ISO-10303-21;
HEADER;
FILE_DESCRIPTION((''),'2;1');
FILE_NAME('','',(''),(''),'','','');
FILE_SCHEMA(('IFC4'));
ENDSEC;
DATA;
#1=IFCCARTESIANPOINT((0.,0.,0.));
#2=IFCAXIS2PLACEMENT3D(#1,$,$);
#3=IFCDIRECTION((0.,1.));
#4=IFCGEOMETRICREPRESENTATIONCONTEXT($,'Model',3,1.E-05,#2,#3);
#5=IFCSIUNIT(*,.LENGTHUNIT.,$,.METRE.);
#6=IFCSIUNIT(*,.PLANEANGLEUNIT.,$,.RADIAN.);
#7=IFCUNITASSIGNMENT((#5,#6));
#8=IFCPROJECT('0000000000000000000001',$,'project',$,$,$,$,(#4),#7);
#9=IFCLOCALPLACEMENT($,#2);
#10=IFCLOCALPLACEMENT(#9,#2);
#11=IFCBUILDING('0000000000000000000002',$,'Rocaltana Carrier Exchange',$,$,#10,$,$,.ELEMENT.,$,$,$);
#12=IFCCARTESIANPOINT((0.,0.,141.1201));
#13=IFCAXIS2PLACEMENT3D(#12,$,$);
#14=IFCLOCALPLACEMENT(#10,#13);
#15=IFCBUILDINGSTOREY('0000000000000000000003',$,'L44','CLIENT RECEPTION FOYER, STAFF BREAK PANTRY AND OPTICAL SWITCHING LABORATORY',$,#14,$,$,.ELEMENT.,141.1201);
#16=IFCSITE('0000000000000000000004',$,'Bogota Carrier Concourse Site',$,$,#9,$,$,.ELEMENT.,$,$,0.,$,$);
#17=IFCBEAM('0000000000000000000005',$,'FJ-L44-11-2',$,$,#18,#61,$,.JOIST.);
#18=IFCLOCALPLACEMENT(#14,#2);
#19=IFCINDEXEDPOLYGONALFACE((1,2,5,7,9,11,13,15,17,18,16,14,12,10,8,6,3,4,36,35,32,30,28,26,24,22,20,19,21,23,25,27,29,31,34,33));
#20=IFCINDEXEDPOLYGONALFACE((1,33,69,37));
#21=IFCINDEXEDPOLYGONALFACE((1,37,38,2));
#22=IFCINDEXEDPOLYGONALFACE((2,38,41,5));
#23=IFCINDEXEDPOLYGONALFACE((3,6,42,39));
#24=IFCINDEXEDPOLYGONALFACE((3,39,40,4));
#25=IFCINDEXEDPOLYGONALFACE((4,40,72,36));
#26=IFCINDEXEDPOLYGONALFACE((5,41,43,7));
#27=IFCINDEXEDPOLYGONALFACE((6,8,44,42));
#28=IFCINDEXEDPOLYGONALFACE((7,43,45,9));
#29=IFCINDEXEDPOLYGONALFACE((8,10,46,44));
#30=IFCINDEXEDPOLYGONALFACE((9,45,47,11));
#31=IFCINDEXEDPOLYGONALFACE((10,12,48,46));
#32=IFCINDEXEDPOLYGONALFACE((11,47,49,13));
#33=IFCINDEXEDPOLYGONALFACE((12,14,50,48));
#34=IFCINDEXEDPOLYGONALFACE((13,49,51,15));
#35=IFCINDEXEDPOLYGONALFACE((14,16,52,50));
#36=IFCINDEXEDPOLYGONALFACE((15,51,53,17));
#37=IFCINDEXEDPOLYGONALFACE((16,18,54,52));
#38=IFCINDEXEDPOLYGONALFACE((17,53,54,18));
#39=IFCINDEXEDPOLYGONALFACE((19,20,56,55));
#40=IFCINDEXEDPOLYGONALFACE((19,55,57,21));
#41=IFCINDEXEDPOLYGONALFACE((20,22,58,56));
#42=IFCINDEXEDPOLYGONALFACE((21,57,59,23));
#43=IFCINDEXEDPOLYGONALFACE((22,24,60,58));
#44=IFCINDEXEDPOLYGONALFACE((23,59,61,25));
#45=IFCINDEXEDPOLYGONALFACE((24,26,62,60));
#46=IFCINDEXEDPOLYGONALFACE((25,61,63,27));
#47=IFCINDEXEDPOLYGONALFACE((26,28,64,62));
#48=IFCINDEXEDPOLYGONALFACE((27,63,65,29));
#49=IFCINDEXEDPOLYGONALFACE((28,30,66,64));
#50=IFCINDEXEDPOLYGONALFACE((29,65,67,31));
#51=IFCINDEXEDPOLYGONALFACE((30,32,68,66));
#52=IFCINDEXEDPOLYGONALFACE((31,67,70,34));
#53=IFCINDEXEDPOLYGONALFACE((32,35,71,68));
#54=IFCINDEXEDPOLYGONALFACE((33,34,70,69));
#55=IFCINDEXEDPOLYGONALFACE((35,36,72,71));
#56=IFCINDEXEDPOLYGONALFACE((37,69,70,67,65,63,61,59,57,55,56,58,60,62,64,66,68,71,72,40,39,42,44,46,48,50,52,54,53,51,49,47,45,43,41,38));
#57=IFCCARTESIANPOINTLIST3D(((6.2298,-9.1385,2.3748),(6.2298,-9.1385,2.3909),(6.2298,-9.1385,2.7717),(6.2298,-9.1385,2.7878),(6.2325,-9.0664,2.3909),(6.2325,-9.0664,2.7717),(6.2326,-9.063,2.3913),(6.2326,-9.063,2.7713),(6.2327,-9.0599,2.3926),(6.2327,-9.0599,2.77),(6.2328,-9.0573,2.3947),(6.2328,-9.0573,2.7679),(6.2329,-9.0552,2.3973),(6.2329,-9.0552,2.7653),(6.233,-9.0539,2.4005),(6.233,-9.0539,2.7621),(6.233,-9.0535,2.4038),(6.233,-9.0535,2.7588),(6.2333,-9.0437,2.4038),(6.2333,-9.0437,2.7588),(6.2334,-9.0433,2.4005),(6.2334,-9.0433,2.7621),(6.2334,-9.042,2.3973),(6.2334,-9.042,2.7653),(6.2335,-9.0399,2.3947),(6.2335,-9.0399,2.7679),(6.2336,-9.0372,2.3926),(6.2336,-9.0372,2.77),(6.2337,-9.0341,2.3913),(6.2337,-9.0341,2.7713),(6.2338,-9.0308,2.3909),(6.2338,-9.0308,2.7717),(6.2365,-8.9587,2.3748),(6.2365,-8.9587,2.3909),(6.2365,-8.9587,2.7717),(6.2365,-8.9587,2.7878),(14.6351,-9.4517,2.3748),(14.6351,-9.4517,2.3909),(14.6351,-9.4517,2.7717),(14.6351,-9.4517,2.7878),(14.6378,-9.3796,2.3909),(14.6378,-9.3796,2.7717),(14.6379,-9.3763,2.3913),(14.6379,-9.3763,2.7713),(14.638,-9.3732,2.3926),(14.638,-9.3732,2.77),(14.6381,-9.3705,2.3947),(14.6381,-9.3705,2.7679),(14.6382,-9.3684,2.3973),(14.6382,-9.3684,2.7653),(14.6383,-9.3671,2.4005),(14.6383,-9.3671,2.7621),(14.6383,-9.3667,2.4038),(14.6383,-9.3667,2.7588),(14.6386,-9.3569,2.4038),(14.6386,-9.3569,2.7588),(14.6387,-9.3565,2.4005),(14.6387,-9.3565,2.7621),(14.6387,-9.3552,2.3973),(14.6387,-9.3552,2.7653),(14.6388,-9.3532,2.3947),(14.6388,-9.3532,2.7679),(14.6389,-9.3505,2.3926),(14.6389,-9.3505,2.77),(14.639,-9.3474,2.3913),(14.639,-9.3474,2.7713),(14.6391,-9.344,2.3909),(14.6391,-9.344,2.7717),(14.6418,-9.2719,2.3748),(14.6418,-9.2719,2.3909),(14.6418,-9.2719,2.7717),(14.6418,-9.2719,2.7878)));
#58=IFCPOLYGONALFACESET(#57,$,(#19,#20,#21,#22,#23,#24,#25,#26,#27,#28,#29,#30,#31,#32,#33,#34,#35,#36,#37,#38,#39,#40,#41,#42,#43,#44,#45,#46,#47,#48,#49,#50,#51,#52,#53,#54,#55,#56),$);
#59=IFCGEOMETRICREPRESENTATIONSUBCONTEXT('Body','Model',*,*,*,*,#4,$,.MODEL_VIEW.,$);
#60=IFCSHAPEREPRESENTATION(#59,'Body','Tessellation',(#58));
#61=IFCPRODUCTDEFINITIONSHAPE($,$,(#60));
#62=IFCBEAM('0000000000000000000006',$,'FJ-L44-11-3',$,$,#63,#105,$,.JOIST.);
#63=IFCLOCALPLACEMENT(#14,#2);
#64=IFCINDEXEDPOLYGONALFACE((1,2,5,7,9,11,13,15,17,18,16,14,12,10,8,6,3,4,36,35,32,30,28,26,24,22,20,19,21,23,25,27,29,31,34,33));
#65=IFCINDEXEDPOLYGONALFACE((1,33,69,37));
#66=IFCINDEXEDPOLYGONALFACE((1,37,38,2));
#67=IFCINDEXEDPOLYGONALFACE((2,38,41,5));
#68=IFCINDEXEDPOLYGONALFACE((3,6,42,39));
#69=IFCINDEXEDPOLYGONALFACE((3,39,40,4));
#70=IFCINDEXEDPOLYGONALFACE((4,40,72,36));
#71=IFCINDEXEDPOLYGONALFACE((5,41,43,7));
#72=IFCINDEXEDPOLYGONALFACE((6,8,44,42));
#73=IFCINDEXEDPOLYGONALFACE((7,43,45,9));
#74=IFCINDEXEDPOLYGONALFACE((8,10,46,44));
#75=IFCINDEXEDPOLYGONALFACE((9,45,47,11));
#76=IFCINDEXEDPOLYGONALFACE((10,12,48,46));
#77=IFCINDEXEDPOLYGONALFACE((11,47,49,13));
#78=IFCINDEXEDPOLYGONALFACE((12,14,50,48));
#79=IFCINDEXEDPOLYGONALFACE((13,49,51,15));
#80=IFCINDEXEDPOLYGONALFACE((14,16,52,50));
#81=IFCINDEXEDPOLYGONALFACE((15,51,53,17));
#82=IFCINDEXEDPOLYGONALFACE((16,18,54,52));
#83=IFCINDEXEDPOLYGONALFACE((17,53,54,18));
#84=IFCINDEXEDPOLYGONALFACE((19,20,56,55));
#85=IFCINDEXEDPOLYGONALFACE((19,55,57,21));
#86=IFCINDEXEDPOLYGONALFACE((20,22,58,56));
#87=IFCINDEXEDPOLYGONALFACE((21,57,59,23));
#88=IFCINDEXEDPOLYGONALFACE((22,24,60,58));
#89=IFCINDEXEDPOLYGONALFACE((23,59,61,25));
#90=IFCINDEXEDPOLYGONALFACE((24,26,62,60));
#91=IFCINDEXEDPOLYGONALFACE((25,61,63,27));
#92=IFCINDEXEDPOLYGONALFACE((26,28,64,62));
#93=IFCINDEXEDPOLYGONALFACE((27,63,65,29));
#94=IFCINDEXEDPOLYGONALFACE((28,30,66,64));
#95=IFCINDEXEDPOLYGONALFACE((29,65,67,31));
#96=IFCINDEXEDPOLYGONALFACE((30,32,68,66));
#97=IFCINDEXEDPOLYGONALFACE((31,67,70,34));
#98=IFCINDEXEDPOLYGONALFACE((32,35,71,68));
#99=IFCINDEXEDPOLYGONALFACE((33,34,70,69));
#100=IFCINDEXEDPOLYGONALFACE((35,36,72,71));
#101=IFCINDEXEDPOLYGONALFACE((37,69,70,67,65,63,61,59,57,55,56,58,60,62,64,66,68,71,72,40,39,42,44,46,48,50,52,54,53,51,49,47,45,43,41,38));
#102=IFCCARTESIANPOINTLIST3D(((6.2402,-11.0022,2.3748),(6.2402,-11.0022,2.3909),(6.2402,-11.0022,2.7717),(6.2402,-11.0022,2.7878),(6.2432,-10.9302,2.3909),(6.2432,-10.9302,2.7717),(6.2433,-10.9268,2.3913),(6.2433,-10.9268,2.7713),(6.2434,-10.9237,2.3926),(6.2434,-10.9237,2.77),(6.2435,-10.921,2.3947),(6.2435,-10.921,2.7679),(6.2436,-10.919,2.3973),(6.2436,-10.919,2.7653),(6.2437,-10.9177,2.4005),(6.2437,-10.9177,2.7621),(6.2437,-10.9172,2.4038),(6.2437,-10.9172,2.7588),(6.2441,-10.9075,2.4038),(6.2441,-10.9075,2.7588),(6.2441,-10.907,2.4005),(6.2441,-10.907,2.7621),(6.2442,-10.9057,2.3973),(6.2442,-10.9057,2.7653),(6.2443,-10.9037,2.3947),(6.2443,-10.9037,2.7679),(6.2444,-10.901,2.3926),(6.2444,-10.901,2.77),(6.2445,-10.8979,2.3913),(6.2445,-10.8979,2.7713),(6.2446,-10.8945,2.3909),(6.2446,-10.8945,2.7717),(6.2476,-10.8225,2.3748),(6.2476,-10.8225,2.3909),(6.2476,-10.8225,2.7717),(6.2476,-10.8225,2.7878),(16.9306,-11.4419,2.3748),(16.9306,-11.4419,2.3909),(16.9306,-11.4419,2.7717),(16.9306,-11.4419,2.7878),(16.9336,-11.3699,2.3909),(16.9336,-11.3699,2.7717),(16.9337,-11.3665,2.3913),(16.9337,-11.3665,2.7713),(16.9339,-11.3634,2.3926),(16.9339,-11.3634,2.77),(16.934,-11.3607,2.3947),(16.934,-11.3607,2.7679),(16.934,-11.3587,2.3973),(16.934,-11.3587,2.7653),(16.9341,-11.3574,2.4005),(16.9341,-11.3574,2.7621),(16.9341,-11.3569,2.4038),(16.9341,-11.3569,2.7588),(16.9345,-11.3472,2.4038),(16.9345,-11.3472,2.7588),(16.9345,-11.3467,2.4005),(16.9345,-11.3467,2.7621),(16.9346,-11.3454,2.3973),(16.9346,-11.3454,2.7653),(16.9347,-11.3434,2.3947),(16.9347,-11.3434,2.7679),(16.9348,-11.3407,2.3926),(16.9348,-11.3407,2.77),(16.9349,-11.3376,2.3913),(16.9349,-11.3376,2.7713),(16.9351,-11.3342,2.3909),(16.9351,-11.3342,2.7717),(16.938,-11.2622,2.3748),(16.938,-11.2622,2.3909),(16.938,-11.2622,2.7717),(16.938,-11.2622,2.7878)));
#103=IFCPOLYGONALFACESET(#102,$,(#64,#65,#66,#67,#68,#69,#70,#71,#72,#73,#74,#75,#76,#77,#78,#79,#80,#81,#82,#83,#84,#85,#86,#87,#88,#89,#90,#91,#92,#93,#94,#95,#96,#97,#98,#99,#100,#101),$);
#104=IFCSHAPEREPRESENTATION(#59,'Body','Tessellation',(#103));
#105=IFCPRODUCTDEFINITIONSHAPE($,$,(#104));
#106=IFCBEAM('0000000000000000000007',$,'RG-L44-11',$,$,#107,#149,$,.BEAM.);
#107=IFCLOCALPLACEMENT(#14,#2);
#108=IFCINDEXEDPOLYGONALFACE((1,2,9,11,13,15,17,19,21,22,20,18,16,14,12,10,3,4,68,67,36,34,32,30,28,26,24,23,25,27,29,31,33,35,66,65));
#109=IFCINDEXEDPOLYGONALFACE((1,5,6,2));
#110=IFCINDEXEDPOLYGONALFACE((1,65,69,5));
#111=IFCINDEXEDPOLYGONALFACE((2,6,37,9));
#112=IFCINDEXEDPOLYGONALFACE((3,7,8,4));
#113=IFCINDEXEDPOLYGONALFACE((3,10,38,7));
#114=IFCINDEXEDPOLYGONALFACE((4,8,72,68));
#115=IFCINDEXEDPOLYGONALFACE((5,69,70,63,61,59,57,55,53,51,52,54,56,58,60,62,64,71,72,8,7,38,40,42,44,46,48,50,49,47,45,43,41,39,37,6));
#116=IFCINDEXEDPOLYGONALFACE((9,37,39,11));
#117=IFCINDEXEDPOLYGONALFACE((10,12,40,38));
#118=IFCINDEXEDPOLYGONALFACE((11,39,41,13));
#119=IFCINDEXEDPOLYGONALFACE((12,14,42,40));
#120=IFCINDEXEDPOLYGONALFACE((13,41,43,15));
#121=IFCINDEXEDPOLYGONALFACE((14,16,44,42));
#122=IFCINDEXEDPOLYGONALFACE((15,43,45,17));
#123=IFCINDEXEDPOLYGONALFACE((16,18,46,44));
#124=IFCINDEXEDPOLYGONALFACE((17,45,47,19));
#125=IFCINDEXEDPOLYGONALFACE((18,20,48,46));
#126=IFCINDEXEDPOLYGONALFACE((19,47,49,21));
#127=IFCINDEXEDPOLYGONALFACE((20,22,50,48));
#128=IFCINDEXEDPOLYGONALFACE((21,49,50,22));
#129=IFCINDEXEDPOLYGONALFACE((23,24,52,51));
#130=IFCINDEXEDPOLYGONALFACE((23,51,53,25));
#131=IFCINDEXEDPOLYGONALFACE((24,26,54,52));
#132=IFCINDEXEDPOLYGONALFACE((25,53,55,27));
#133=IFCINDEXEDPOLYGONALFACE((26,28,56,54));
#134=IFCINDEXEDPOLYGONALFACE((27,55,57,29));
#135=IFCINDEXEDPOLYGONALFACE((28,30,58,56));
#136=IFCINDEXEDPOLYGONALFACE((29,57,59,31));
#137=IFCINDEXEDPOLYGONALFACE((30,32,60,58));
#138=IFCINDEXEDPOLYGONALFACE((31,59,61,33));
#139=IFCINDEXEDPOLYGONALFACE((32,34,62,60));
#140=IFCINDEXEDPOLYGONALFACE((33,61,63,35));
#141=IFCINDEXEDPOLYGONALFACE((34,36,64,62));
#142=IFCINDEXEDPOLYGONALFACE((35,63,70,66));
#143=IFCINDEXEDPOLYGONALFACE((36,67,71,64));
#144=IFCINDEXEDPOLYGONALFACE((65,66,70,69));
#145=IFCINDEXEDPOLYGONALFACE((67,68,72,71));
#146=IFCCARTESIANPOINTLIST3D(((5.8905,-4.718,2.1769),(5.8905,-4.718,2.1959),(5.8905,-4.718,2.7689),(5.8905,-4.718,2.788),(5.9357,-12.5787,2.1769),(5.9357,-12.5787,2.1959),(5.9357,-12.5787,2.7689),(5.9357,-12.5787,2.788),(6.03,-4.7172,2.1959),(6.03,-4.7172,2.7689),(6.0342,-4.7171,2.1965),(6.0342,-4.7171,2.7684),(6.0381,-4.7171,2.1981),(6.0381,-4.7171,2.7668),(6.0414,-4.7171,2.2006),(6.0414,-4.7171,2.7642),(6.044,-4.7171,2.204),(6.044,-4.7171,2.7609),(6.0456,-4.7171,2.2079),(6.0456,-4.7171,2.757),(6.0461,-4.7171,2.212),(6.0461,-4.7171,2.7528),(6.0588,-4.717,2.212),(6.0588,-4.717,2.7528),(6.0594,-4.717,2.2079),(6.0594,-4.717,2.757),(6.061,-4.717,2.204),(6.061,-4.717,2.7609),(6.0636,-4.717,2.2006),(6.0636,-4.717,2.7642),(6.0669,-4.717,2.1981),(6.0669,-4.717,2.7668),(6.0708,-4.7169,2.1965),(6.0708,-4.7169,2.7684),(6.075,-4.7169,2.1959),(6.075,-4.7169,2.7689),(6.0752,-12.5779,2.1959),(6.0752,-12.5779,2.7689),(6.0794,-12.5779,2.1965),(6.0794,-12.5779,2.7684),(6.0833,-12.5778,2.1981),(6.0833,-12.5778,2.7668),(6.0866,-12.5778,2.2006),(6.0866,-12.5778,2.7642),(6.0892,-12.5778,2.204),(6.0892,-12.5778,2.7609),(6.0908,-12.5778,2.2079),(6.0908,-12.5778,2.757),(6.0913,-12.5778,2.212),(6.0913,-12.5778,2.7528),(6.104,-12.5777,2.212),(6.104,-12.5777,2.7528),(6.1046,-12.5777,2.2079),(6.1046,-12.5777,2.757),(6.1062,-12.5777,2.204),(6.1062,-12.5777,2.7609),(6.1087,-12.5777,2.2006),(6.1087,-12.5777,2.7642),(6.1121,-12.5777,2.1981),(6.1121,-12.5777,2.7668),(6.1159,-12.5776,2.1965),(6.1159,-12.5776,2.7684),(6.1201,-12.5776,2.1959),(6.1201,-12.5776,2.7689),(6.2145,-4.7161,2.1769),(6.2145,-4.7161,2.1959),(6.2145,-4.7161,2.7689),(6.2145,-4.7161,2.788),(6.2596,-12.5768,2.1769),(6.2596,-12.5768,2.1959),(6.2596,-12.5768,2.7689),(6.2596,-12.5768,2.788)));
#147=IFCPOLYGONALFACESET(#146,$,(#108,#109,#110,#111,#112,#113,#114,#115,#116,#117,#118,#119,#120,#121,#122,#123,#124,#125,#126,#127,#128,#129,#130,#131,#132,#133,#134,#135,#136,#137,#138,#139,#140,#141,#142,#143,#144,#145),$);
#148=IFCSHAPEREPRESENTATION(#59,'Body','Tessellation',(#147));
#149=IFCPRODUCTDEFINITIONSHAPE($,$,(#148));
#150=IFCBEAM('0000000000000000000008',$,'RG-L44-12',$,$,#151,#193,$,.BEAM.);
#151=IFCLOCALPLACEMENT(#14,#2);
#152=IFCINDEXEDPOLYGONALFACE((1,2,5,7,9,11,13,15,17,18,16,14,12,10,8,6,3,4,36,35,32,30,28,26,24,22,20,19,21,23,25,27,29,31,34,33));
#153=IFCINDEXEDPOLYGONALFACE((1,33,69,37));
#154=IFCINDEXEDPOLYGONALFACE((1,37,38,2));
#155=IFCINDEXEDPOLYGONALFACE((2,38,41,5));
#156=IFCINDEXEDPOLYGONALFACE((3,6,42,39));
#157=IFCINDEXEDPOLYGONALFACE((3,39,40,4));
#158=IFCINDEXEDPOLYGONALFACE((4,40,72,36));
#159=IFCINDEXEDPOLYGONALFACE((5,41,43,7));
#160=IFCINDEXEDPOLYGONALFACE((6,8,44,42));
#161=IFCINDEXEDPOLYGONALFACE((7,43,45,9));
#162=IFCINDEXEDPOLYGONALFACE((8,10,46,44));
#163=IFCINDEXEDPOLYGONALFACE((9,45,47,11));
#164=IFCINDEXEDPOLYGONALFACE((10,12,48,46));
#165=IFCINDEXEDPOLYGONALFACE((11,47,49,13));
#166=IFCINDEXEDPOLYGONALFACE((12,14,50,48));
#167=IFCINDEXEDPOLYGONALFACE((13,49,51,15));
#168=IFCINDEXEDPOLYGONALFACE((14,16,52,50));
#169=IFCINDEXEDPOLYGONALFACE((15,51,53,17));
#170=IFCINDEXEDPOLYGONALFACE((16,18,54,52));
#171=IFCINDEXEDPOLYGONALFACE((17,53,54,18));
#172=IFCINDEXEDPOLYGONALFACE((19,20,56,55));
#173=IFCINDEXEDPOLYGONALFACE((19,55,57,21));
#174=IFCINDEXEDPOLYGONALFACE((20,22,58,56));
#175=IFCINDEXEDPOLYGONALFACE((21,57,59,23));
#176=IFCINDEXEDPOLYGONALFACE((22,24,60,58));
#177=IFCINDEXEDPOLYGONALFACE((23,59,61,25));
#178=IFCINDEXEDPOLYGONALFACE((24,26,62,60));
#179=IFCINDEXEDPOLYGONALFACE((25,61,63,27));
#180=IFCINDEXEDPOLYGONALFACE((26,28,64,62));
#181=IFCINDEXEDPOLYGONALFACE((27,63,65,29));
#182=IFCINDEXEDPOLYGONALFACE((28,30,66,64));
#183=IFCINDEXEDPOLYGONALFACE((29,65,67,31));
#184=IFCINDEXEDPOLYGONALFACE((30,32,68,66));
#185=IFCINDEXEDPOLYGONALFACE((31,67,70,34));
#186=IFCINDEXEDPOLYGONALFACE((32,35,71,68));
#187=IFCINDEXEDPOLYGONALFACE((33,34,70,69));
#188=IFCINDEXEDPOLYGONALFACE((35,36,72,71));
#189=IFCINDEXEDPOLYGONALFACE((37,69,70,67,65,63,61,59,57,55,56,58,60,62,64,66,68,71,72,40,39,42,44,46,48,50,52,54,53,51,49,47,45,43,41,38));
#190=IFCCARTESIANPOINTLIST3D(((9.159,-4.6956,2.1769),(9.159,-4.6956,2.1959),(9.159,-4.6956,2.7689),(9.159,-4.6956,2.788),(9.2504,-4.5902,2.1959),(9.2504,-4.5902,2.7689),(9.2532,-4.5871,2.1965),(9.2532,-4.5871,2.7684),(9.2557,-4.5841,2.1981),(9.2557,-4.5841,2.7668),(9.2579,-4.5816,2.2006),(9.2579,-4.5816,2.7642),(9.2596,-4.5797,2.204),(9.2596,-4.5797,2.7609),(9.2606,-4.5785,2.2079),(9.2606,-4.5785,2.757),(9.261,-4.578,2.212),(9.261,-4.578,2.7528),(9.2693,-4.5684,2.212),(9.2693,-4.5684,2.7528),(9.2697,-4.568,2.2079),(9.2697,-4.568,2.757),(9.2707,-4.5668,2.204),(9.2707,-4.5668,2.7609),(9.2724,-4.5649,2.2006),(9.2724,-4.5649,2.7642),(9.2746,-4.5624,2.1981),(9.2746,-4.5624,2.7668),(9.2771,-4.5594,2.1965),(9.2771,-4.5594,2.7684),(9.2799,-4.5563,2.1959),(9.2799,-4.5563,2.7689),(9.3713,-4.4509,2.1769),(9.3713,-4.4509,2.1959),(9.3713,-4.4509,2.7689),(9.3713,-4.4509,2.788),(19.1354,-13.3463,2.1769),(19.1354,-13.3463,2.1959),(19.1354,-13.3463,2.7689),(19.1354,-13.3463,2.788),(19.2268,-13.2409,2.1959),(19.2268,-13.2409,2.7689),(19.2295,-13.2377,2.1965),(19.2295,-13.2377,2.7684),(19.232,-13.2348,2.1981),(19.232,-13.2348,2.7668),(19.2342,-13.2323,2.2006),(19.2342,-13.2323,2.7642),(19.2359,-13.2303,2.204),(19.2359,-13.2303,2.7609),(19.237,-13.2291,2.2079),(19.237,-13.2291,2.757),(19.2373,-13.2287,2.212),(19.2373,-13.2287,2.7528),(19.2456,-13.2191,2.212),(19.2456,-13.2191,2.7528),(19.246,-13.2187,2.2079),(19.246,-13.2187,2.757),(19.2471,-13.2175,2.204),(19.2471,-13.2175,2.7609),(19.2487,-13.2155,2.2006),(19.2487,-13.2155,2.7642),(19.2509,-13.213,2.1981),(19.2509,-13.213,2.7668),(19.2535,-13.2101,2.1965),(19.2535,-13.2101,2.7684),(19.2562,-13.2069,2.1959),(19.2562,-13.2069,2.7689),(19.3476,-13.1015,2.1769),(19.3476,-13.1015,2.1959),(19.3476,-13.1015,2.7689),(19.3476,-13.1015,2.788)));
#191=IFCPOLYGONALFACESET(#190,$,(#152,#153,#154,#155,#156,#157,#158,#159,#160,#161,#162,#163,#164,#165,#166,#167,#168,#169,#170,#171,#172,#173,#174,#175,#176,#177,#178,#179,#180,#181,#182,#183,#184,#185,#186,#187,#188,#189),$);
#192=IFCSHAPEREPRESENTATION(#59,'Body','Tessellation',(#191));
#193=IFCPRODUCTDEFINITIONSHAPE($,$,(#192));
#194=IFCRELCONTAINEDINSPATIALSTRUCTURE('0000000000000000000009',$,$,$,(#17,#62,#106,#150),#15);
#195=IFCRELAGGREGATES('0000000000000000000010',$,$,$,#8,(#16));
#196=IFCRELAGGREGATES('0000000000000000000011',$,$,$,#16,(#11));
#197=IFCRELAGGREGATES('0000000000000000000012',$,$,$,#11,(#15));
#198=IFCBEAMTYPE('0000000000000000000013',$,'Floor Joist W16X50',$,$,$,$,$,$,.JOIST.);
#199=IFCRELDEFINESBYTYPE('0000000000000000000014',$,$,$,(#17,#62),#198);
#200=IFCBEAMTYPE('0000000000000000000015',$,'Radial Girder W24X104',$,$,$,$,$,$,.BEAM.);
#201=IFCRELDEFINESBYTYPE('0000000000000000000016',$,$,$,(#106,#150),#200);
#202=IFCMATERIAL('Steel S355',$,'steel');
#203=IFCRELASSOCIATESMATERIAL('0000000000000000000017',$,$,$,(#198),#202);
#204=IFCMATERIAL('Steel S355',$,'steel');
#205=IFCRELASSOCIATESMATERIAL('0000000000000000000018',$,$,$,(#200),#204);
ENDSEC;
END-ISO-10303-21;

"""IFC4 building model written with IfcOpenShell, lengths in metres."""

from ifc_helpers import new_model, si_unit, direction, frame, origin, origin_2d, place, context, subcontext, project, spatial, i_section, extrude, material, material_profile, profile_set, type_object, element, save


model = new_model("IFC4")

# Units and contexts
model_context = context("Model", 3, precision=1e-05, world=origin(), true_north=direction((0.0, 1.0)))
body_context = subcontext(model_context, "Body", "Model", "MODEL_VIEW")
ifc_project = project(units=[si_unit("LENGTHUNIT", "METRE"), si_unit("PLANEANGLEUNIT", "RADIAN")], contexts=[model_context])

# Site, building, storey
site_placement = place(None, origin())
site = spatial("IfcSite", under=ifc_project, at=site_placement, Name="Bogota Carrier Concourse Site", CompositionType="ELEMENT", RefElevation=0.0)
building_placement = place(site_placement, origin())
building = spatial("IfcBuilding", under=site, at=building_placement, Name="Rocaltana Carrier Exchange", CompositionType="ELEMENT")
storey_placement = place(building_placement, frame((0.0, 0.0, 141.1201)))
storey = spatial("IfcBuildingStorey", under=building, at=storey_placement, Name="L44", Description="CLIENT RECEPTION FOYER, STAFF BREAK PANTRY AND OPTICAL SWITCHING LABORATORY", CompositionType="ELEMENT", Elevation=141.1201)

# Beams
ifc_material_1 = material(Name="Steel S355", Category="steel")
ifc_material_profile_1 = material_profile(ifc_material_1, i_section(OverallWidth=0.1799, OverallDepth=0.4131, WebThickness=0.0098, FlangeThickness=0.0161, FilletRadius=0.0129, at=origin_2d()), Name="W16X50")
ifc_profile_set_1 = profile_set([ifc_material_profile_1], Name="Steel S355")
beam_type_1 = type_object("IfcBeamType", Name="Floor Joist W16X50", PredefinedType="JOIST", material=ifc_profile_set_1)
beam_1_placement = place(storey_placement, frame((6.2332, -9.0486, 2.5813), z_axis=(0.999306, -0.03724, 0.0), x_axis=(0.03724, 0.999306, 0.0)))
element("IfcBeam", 1, at=beam_1_placement, inside=storey, type_object=beam_type_1, Name="FJ-L44-11-2", PredefinedType="JOIST", context=body_context, shape_type="SweptSolid", body=[
    extrude(i_section(OverallWidth=0.1799, OverallDepth=0.4131, WebThickness=0.0098, FlangeThickness=0.0161, FilletRadius=0.0129, at=origin_2d()), origin(), (0.0, 0.0, 1.0), 8.4111),
])
beam_2_placement = place(storey_placement, frame((6.2439, -10.9124, 2.5813), z_axis=(0.999155, -0.041095, 0.0), x_axis=(0.041095, 0.999155, 0.0)))
element("IfcBeam", 2, at=beam_2_placement, inside=storey, type_object=beam_type_1, Name="FJ-L44-11-3", PredefinedType="JOIST", context=body_context, shape_type="SweptSolid", body=[
    extrude(i_section(OverallWidth=0.1799, OverallDepth=0.4131, WebThickness=0.0098, FlangeThickness=0.0161, FilletRadius=0.0129, at=origin_2d()), origin(), (0.0, 0.0, 1.0), 10.6995),
])
ifc_material_2 = material(Name="Steel S355", Category="steel")
ifc_material_profile_2 = material_profile(ifc_material_2, i_section(OverallWidth=0.324, OverallDepth=0.6111, WebThickness=0.0127, FlangeThickness=0.019, FilletRadius=0.0161, at=origin_2d()), Name="W24X104")
ifc_profile_set_2 = profile_set([ifc_material_profile_2], Name="Steel S355")
beam_type_2 = type_object("IfcBeamType", Name="Radial Girder W24X104", PredefinedType="BEAM", material=ifc_profile_set_2)
beam_3_placement = place(storey_placement, frame((6.0525, -4.717, 2.4824), z_axis=(0.005746, -0.999983, 0.0), x_axis=(0.999983, 0.005746, 0.0)))
element("IfcBeam", 3, at=beam_3_placement, inside=storey, type_object=beam_type_2, Name="RG-L44-11", PredefinedType="BEAM", context=body_context, shape_type="SweptSolid", body=[
    extrude(i_section(OverallWidth=0.324, OverallDepth=0.6111, WebThickness=0.0127, FlangeThickness=0.019, FilletRadius=0.0161, at=origin_2d()), origin(), (0.0, 0.0, 1.0), 7.8608),
])
beam_4_placement = place(storey_placement, frame((9.2651, -4.5732, 2.4824), z_axis=(0.755521, -0.655125, 0.0), x_axis=(0.655125, 0.755521, 0.0)))
element("IfcBeam", 4, at=beam_4_placement, inside=storey, type_object=beam_type_2, Name="RG-L44-12", PredefinedType="BEAM", context=body_context, shape_type="SweptSolid", body=[
    extrude(i_section(OverallWidth=0.324, OverallDepth=0.6111, WebThickness=0.0127, FlangeThickness=0.019, FilletRadius=0.0161, at=origin_2d()), origin(), (0.0, 0.0, 1.0), 13.2046),
])

save(model, "model.ifc")
